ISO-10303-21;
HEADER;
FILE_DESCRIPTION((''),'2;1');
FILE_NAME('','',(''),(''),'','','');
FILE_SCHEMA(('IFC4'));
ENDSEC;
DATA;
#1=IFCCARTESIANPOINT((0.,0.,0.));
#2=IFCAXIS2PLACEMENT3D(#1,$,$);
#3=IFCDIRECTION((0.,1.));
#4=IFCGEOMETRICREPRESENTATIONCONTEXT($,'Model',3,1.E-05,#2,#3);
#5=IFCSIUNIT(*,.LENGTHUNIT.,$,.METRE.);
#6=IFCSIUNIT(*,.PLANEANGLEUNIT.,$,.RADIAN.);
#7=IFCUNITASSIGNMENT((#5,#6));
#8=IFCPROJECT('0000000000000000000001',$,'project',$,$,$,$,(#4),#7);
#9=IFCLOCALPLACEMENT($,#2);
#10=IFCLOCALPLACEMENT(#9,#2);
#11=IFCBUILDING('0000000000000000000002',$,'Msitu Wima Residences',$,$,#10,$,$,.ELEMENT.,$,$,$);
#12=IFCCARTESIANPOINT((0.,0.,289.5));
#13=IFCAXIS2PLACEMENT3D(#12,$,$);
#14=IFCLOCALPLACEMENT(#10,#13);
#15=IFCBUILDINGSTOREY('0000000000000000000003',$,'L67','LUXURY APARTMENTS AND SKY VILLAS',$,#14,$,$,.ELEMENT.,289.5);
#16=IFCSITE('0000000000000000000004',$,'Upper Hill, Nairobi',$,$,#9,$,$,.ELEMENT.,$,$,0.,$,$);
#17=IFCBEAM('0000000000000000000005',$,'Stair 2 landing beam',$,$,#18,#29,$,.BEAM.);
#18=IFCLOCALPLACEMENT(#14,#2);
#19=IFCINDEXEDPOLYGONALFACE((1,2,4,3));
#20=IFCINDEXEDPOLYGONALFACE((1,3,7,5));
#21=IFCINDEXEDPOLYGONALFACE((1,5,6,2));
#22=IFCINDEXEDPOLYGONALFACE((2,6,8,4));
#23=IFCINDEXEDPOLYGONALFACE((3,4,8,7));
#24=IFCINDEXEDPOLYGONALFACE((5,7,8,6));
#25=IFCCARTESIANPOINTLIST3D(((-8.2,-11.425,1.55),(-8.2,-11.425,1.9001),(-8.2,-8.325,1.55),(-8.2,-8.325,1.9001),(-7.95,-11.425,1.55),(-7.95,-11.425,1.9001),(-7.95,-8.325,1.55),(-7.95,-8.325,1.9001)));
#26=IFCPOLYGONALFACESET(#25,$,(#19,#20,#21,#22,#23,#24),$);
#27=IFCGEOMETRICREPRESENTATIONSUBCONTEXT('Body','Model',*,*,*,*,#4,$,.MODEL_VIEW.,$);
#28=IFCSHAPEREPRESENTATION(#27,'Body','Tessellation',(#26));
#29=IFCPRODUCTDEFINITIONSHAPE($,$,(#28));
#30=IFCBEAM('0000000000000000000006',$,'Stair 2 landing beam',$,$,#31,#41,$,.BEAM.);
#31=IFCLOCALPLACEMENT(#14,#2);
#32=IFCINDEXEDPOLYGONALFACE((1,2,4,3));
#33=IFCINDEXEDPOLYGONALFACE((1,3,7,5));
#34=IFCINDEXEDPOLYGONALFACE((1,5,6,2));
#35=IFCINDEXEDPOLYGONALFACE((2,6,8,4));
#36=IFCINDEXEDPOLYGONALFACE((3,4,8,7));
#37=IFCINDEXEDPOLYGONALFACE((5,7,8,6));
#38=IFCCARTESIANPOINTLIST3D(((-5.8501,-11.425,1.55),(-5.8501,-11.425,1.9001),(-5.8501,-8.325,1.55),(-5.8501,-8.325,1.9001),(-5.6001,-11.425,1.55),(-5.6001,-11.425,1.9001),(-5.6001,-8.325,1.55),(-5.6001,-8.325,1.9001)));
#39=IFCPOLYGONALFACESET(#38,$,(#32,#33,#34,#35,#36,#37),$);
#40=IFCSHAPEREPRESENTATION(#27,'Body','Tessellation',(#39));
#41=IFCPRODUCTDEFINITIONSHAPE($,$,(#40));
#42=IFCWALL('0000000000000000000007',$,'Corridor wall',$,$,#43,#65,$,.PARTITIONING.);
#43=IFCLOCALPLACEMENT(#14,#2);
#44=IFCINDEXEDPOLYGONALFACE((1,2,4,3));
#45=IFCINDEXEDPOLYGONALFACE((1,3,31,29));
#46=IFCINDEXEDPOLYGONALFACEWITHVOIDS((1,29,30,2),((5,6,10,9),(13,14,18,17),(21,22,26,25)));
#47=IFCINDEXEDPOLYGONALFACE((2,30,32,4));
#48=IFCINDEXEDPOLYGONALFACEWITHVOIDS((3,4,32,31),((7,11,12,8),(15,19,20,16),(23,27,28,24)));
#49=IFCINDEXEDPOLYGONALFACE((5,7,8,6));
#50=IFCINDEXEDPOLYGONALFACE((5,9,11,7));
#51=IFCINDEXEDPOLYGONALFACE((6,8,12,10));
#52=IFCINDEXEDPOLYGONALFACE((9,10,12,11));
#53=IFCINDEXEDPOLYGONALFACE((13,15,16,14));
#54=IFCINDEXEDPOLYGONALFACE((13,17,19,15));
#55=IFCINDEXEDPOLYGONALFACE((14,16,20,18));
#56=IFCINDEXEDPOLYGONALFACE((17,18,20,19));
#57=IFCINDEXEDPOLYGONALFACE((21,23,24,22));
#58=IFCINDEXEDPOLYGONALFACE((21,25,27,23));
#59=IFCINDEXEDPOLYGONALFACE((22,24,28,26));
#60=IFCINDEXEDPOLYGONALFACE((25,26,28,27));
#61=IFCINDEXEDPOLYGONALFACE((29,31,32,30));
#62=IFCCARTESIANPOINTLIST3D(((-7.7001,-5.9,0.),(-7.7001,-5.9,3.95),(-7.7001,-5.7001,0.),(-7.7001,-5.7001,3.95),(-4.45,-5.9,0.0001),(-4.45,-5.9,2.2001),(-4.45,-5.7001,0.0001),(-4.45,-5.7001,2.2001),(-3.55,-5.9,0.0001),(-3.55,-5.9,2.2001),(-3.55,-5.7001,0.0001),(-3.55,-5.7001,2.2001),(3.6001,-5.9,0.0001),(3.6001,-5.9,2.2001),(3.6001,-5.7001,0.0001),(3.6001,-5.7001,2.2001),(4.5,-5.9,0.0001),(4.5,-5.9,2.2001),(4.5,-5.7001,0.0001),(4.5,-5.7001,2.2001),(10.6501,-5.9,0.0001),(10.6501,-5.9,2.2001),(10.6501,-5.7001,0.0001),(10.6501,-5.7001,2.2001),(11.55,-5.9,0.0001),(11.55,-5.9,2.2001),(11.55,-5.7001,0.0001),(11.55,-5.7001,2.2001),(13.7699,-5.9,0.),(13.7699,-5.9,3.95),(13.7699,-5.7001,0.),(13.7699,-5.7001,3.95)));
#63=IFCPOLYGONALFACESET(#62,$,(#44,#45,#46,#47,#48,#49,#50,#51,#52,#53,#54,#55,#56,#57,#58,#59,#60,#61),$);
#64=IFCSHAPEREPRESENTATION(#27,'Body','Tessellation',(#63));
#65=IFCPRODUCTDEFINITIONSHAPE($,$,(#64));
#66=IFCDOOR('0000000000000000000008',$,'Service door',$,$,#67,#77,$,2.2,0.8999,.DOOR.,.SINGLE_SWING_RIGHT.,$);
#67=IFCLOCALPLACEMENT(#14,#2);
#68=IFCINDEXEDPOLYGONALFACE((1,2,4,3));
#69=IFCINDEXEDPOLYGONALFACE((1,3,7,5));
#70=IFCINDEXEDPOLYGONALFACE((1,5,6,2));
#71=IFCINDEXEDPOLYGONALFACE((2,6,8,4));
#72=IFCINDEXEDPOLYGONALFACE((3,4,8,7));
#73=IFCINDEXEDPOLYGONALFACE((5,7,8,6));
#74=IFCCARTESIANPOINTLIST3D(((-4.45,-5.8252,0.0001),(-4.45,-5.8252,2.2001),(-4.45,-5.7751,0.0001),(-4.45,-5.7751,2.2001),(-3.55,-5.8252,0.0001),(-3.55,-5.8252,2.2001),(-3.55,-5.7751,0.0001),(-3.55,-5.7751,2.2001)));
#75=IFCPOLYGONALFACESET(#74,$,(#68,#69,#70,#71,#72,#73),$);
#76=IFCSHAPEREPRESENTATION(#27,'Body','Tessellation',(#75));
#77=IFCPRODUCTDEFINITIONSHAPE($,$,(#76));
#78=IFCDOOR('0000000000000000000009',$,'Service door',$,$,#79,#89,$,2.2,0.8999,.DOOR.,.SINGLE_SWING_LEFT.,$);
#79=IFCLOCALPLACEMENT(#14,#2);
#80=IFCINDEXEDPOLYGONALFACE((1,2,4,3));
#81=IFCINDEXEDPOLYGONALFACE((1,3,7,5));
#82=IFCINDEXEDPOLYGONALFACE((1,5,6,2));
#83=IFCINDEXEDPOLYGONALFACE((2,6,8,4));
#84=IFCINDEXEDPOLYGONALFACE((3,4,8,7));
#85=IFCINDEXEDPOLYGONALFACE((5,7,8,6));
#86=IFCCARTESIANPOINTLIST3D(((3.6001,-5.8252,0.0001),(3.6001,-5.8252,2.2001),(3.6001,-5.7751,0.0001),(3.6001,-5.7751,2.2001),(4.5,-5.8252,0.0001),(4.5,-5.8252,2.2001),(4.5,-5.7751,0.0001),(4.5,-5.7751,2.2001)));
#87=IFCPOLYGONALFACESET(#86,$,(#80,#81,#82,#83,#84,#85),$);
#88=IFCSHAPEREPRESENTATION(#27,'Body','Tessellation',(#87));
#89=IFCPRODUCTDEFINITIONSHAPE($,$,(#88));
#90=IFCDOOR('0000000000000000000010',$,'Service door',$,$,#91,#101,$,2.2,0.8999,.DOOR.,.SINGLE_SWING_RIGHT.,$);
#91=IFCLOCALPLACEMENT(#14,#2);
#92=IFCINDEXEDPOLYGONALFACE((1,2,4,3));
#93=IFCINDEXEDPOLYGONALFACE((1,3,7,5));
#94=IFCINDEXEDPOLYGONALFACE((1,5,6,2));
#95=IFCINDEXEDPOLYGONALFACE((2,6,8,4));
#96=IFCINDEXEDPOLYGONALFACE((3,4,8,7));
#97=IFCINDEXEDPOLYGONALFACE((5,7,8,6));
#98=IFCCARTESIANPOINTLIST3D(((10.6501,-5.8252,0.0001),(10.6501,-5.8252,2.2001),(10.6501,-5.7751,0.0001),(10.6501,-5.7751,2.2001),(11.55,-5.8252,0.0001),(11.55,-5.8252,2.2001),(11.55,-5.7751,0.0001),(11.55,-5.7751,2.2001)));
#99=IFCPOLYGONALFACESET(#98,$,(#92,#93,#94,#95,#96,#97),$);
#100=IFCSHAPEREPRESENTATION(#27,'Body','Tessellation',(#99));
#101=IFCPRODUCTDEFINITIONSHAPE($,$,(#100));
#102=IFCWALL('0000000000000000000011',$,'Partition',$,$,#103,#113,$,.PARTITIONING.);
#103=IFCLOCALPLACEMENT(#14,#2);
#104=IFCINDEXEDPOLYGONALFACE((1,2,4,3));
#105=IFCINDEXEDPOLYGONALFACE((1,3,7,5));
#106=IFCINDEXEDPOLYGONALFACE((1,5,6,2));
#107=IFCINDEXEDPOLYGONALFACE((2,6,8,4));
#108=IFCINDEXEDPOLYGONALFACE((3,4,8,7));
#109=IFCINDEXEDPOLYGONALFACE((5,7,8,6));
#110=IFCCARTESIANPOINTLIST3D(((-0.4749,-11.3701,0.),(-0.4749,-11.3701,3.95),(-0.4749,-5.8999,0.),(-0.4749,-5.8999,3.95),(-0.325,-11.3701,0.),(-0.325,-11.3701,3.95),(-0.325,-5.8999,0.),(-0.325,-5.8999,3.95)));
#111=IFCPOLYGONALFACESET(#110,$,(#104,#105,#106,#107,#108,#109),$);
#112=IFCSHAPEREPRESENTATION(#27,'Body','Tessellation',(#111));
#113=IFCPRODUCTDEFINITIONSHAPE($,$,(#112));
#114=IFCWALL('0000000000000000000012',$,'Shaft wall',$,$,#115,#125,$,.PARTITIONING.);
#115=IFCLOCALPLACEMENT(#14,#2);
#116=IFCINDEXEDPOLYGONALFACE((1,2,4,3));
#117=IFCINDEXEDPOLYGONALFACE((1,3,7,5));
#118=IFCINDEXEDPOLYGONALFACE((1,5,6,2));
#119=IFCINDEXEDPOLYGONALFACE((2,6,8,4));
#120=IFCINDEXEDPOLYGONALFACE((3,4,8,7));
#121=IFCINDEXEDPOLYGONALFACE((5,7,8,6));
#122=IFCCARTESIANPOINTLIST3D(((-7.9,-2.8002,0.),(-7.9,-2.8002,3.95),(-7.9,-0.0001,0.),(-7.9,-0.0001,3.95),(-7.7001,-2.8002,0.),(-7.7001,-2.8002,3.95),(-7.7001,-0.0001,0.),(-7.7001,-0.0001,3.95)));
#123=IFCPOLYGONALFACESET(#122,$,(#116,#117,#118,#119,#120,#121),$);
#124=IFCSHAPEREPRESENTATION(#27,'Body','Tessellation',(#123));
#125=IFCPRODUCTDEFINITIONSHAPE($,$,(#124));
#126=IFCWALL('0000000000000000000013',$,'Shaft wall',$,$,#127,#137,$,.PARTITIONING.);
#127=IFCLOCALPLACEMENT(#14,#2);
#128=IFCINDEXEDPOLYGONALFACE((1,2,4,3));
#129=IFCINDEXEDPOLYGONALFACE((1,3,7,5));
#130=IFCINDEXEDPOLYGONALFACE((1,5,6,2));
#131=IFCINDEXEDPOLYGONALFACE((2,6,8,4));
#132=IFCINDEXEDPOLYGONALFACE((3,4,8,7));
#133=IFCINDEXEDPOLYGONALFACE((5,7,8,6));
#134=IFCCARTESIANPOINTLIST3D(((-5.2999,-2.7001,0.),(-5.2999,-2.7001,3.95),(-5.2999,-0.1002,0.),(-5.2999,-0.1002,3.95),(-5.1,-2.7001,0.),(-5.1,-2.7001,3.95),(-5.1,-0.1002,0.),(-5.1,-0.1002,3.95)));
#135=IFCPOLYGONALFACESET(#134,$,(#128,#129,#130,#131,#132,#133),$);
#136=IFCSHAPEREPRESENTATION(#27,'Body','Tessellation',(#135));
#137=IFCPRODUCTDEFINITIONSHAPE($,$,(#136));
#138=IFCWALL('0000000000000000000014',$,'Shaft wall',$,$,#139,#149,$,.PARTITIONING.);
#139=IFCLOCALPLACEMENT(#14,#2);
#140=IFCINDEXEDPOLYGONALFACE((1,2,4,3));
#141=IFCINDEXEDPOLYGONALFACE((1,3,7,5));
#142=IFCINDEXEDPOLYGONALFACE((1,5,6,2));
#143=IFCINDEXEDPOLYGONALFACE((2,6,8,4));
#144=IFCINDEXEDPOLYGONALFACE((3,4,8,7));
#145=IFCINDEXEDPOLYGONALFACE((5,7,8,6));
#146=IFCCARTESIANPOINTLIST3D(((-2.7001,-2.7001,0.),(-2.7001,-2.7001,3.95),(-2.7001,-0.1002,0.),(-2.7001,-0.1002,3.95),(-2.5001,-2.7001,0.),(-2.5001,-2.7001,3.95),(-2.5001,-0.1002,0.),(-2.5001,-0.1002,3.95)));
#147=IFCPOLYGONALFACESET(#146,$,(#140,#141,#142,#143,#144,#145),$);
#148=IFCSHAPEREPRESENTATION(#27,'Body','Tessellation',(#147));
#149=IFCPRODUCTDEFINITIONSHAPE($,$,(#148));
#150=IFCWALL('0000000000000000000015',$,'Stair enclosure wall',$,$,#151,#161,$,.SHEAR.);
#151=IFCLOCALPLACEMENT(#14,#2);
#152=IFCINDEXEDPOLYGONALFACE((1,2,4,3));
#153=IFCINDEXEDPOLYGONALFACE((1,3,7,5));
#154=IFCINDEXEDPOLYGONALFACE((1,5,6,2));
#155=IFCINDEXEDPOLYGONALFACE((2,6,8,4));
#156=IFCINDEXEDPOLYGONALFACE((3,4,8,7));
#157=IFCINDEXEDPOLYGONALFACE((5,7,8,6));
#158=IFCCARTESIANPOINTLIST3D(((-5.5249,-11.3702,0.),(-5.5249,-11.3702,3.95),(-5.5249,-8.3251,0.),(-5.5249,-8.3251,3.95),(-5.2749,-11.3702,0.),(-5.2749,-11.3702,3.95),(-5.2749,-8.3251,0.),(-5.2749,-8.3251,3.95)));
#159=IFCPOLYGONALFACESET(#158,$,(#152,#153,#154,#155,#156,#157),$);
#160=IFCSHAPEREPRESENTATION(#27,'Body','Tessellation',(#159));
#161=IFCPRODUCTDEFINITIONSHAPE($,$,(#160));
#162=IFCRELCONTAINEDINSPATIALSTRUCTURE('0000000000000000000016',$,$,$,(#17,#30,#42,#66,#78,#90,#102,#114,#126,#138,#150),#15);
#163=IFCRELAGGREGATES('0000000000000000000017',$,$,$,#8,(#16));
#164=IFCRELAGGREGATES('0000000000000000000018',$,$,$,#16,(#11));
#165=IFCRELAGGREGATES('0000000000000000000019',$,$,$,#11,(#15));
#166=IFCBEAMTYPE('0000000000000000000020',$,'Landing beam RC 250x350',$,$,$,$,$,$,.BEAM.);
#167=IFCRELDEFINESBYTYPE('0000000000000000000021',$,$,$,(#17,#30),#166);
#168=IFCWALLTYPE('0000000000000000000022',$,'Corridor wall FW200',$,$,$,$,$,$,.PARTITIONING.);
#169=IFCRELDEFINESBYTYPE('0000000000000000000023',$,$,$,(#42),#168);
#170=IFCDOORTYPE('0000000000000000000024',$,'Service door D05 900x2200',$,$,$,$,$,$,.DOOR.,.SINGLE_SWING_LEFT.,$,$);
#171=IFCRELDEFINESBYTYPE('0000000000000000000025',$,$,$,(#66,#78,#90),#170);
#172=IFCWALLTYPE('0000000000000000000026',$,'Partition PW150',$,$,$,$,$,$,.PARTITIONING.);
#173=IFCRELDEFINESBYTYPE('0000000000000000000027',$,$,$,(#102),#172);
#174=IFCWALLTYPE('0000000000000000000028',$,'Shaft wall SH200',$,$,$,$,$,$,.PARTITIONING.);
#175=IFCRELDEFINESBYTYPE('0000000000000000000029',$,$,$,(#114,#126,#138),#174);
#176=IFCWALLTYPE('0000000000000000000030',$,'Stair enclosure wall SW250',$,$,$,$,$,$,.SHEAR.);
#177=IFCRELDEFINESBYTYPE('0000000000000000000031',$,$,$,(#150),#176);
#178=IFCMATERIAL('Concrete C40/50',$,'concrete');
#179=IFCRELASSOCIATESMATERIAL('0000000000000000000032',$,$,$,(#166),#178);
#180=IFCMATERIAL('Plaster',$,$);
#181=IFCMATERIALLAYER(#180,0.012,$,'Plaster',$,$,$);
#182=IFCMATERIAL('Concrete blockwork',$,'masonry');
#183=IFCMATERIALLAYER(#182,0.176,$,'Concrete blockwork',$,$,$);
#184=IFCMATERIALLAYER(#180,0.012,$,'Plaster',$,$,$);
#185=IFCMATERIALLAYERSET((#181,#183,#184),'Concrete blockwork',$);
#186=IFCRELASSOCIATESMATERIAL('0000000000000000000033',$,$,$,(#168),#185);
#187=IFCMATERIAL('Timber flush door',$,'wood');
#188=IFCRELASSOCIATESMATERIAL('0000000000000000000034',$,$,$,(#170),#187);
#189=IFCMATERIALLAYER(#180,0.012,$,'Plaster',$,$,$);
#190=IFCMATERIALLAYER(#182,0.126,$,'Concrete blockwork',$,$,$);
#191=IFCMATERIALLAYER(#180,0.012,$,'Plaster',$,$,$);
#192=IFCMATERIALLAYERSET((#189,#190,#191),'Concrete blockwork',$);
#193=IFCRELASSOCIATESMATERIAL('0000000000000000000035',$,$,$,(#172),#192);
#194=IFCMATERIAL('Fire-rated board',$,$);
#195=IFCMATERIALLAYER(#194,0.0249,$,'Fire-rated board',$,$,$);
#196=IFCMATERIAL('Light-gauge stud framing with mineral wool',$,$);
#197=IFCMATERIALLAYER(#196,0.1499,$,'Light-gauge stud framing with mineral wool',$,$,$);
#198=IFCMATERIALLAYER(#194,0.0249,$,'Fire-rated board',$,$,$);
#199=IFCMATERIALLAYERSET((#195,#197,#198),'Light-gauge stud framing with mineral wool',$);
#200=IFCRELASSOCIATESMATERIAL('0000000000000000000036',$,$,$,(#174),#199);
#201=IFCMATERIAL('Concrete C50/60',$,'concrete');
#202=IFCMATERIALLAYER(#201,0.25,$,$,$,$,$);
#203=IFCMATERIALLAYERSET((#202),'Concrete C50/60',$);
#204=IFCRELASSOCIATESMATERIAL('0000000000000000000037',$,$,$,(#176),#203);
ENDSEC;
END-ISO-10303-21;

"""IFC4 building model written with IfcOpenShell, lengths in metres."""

from ifc_helpers import new_model, si_unit, direction, frame, frame_2d, origin, origin_2d, place, context, subcontext, project, spatial, rectangle, extrude, material, layer, layer_set, material_profile, profile_set, type_object, element, fill, save


model = new_model("IFC4")

# Units and contexts
model_context = context("Model", 3, precision=1e-05, world=origin(), true_north=direction((0.0, 1.0)))
body_context = subcontext(model_context, "Body", "Model", "MODEL_VIEW")
ifc_project = project(units=[si_unit("LENGTHUNIT", "METRE"), si_unit("PLANEANGLEUNIT", "RADIAN")], contexts=[model_context])

# Site, building, storey
site_placement = place(None, origin())
site = spatial("IfcSite", under=ifc_project, at=site_placement, Name="Upper Hill, Nairobi", CompositionType="ELEMENT", RefElevation=0.0)
building_placement = place(site_placement, origin())
building = spatial("IfcBuilding", under=site, at=building_placement, Name="Msitu Wima Residences", CompositionType="ELEMENT")
storey_placement = place(building_placement, frame((0.0, 0.0, 289.5)))
storey = spatial("IfcBuildingStorey", under=building, at=storey_placement, Name="L67", Description="LUXURY APARTMENTS AND SKY VILLAS", CompositionType="ELEMENT", Elevation=289.5)

# Beams
ifc_material_1 = material(Name="Concrete C40/50", Category="concrete")
ifc_material_profile = material_profile(ifc_material_1, rectangle(XDim=0.25, YDim=0.3501, at=origin_2d()), Name="RC 250x350")
ifc_profile_set = profile_set([ifc_material_profile], Name="Concrete C40/50")
beam_type = type_object("IfcBeamType", Name="Landing beam RC 250x350", PredefinedType="BEAM", material=ifc_profile_set)
for number, where, z_axis, x_axis, name in (
    (1, (-8.075, -11.425, 1.7251), (0.0, 1.0, 0.0), (-1.0, 0.0, 0.0), "Stair 2 landing beam"),
    (2, (-5.7251, -11.425, 1.7251), (0.0, 1.0, 0.0), (-1.0, 0.0, 0.0), "Stair 2 landing beam"),
):
    element("IfcBeam", number, at=place(storey_placement, frame(where, z_axis=z_axis, x_axis=x_axis)), inside=storey, type_object=beam_type, Name=name, PredefinedType="BEAM", context=body_context, shape_type="SweptSolid", body=[
        extrude(rectangle(XDim=0.25, YDim=0.3501, at=origin_2d()), origin(), (0.0, 0.0, 1.0), 3.1001),
    ])

# Shared definitions
ifc_material_2 = material(Name="Plaster")
ifc_layer_1 = layer(ifc_material_2, 0.012, Name="Plaster")
ifc_material_3 = material(Name="Concrete blockwork", Category="masonry")
ifc_layer_2 = layer(ifc_material_3, 0.176, Name="Concrete blockwork")
ifc_layer_3 = layer(ifc_material_2, 0.012, Name="Plaster")
ifc_layer_set_1 = layer_set([ifc_layer_1, ifc_layer_2, ifc_layer_3], Name="Concrete blockwork")
wall_type_1 = type_object("IfcWallType", Name="Corridor wall FW200", PredefinedType="PARTITIONING", material=ifc_layer_set_1)

# Wall, openings, doors
wall_1_placement = place(storey_placement, frame((-7.7, -5.8, 0.0), z_axis=(0.0, 0.0, 1.0), x_axis=(1.0, 0.0, 0.0)))
wall_1 = element("IfcWall", 3, at=wall_1_placement, inside=storey, type_object=wall_type_1, Name="Corridor wall", PredefinedType="PARTITIONING", context=body_context, shape_type="SweptSolid", body=[
    extrude(rectangle(XDim=21.47, YDim=0.2, at=frame_2d((10.7349, 0.0))), origin(), (0.0, 0.0, 1.0), 3.95),
])
opening_1_placement = place(wall_1_placement, frame((3.25, 0.0, 0.0)))
opening_1 = element("IfcOpeningElement", 4, at=opening_1_placement, cuts=wall_1, PredefinedType="OPENING", context=body_context, shape_type="SweptSolid", body=[
    extrude(rectangle(XDim=0.8999, YDim=2.2, at=frame_2d((0.45, 1.1001))), frame((0.0, 0.1099, 0.0), z_axis=(0.0, -1.0, 0.0), x_axis=(1.0, 0.0, 0.0)), (0.0, 0.0, 1.0), 0.22),
])
opening_2_placement = place(wall_1_placement, frame((11.3, 0.0, 0.0)))
opening_2 = element("IfcOpeningElement", 5, at=opening_2_placement, cuts=wall_1, PredefinedType="OPENING", context=body_context, shape_type="SweptSolid", body=[
    extrude(rectangle(XDim=0.8999, YDim=2.2, at=frame_2d((0.45, 1.1001))), frame((0.0, 0.1099, 0.0), z_axis=(0.0, -1.0, 0.0), x_axis=(1.0, 0.0, 0.0)), (0.0, 0.0, 1.0), 0.22),
])
opening_3_placement = place(wall_1_placement, frame((18.3501, 0.0, 0.0)))
opening_3 = element("IfcOpeningElement", 6, at=opening_3_placement, cuts=wall_1, PredefinedType="OPENING", context=body_context, shape_type="SweptSolid", body=[
    extrude(rectangle(XDim=0.8999, YDim=2.2, at=frame_2d((0.45, 1.1001))), frame((0.0, 0.1099, 0.0), z_axis=(0.0, -1.0, 0.0), x_axis=(1.0, 0.0, 0.0)), (0.0, 0.0, 1.0), 0.22),
])
ifc_material_4 = material(Name="Timber flush door", Category="wood")
door_type_1 = type_object("IfcDoorType", Name="Service door D05 900x2200", OperationType="SINGLE_SWING_LEFT", PredefinedType="DOOR", material=ifc_material_4)
door_1_placement = place(opening_1_placement, origin())
door_1 = element("IfcDoor", 7, at=door_1_placement, inside=storey, type_object=door_type_1, Name="Service door", OperationType="SINGLE_SWING_RIGHT", OverallHeight=2.2, OverallWidth=0.8999, PredefinedType="DOOR", context=body_context, shape_type="SweptSolid", body=[
    extrude(rectangle(XDim=0.8999, YDim=2.2, at=frame_2d((0.45, 1.1001))), frame((0.0, 0.0249, 0.0), z_axis=(0.0, -1.0, 0.0), x_axis=(1.0, 0.0, 0.0)), (0.0, 0.0, 1.0), 0.05),
])
fill(opening_1, door_1)
door_2_placement = place(opening_2_placement, origin())
door_2 = element("IfcDoor", 8, at=door_2_placement, inside=storey, type_object=door_type_1, Name="Service door", OperationType="SINGLE_SWING_LEFT", OverallHeight=2.2, OverallWidth=0.8999, PredefinedType="DOOR", context=body_context, shape_type="SweptSolid", body=[
    extrude(rectangle(XDim=0.8999, YDim=2.2, at=frame_2d((0.45, 1.1001))), frame((0.0, 0.0249, 0.0), z_axis=(0.0, -1.0, 0.0), x_axis=(1.0, 0.0, 0.0)), (0.0, 0.0, 1.0), 0.05),
])
fill(opening_2, door_2)
door_3_placement = place(opening_3_placement, origin())
door_3 = element("IfcDoor", 9, at=door_3_placement, inside=storey, type_object=door_type_1, Name="Service door", OperationType="SINGLE_SWING_RIGHT", OverallHeight=2.2, OverallWidth=0.8999, PredefinedType="DOOR", context=body_context, shape_type="SweptSolid", body=[
    extrude(rectangle(XDim=0.8999, YDim=2.2, at=frame_2d((0.45, 1.1001))), frame((0.0, 0.0249, 0.0), z_axis=(0.0, -1.0, 0.0), x_axis=(1.0, 0.0, 0.0)), (0.0, 0.0, 1.0), 0.05),
])
fill(opening_3, door_3)

# Walls
ifc_layer_4 = layer(ifc_material_2, 0.012, Name="Plaster")
ifc_layer_5 = layer(ifc_material_3, 0.126, Name="Concrete blockwork")
ifc_layer_6 = layer(ifc_material_2, 0.012, Name="Plaster")
ifc_layer_set_2 = layer_set([ifc_layer_4, ifc_layer_5, ifc_layer_6], Name="Concrete blockwork")
wall_type_2 = type_object("IfcWallType", Name="Partition PW150", PredefinedType="PARTITIONING", material=ifc_layer_set_2)
wall_2_placement = place(storey_placement, frame((-0.3999, -11.3701, 0.0), z_axis=(0.0, 0.0, 1.0), x_axis=(0.0, 1.0, 0.0)))
element("IfcWall", 10, at=wall_2_placement, inside=storey, type_object=wall_type_2, Name="Partition", PredefinedType="PARTITIONING", context=body_context, shape_type="SweptSolid", body=[
    extrude(rectangle(XDim=5.4702, YDim=0.1499, at=frame_2d((2.7351, 0.0))), origin(), (0.0, 0.0, 1.0), 3.95),
])
ifc_material_5 = material(Name="Fire-rated board")
ifc_layer_7 = layer(ifc_material_5, 0.0249, Name="Fire-rated board")
ifc_material_6 = material(Name="Light-gauge stud framing with mineral wool")
ifc_layer_8 = layer(ifc_material_6, 0.1499, Name="Light-gauge stud framing with mineral wool")
ifc_layer_9 = layer(ifc_material_5, 0.0249, Name="Fire-rated board")
ifc_layer_set_3 = layer_set([ifc_layer_7, ifc_layer_8, ifc_layer_9], Name="Light-gauge stud framing with mineral wool")
wall_type_3 = type_object("IfcWallType", Name="Shaft wall SH200", PredefinedType="PARTITIONING", material=ifc_layer_set_3)
wall_3_placement = place(storey_placement, frame((-7.8, -2.8, 0.0), z_axis=(0.0, 0.0, 1.0), x_axis=(0.0, 1.0, 0.0)))
element("IfcWall", 11, at=wall_3_placement, inside=storey, type_object=wall_type_3, Name="Shaft wall", PredefinedType="PARTITIONING", context=body_context, shape_type="SweptSolid", body=[
    extrude(rectangle(XDim=2.8, YDim=0.2, at=frame_2d((1.3999, 0.0))), origin(), (0.0, 0.0, 1.0), 3.95),
])
for number, where, z_axis, x_axis, name in (
    (12, (-5.2, -2.7, 0.0), (0.0, 0.0, 1.0), (0.0, 1.0, 0.0), "Shaft wall"),
    (13, (-2.6001, -2.7, 0.0), (0.0, 0.0, 1.0), (0.0, 1.0, 0.0), "Shaft wall"),
):
    element("IfcWall", number, at=place(storey_placement, frame(where, z_axis=z_axis, x_axis=x_axis)), inside=storey, type_object=wall_type_3, Name=name, PredefinedType="PARTITIONING", context=body_context, shape_type="SweptSolid", body=[
        extrude(rectangle(XDim=2.5999, YDim=0.2, at=frame_2d((1.2998, 0.0))), origin(), (0.0, 0.0, 1.0), 3.95),
    ])
ifc_material_7 = material(Name="Concrete C50/60", Category="concrete")
ifc_layer_10 = layer(ifc_material_7, 0.25)
ifc_layer_set_4 = layer_set([ifc_layer_10], Name="Concrete C50/60")
wall_type_4 = type_object("IfcWallType", Name="Stair enclosure wall SW250", PredefinedType="SHEAR", material=ifc_layer_set_4)
wall_4_placement = place(storey_placement, frame((-5.3999, -11.3701, 0.0), z_axis=(0.0, 0.0, 1.0), x_axis=(0.0, 1.0, 0.0)))
element("IfcWall", 14, at=wall_4_placement, inside=storey, type_object=wall_type_4, Name="Stair enclosure wall", PredefinedType="SHEAR", context=body_context, shape_type="SweptSolid", body=[
    extrude(rectangle(XDim=3.0452, YDim=0.25, at=frame_2d((1.5225, 0.0))), origin(), (0.0, 0.0, 1.0), 3.95),
])

save(model, "model.ifc")
